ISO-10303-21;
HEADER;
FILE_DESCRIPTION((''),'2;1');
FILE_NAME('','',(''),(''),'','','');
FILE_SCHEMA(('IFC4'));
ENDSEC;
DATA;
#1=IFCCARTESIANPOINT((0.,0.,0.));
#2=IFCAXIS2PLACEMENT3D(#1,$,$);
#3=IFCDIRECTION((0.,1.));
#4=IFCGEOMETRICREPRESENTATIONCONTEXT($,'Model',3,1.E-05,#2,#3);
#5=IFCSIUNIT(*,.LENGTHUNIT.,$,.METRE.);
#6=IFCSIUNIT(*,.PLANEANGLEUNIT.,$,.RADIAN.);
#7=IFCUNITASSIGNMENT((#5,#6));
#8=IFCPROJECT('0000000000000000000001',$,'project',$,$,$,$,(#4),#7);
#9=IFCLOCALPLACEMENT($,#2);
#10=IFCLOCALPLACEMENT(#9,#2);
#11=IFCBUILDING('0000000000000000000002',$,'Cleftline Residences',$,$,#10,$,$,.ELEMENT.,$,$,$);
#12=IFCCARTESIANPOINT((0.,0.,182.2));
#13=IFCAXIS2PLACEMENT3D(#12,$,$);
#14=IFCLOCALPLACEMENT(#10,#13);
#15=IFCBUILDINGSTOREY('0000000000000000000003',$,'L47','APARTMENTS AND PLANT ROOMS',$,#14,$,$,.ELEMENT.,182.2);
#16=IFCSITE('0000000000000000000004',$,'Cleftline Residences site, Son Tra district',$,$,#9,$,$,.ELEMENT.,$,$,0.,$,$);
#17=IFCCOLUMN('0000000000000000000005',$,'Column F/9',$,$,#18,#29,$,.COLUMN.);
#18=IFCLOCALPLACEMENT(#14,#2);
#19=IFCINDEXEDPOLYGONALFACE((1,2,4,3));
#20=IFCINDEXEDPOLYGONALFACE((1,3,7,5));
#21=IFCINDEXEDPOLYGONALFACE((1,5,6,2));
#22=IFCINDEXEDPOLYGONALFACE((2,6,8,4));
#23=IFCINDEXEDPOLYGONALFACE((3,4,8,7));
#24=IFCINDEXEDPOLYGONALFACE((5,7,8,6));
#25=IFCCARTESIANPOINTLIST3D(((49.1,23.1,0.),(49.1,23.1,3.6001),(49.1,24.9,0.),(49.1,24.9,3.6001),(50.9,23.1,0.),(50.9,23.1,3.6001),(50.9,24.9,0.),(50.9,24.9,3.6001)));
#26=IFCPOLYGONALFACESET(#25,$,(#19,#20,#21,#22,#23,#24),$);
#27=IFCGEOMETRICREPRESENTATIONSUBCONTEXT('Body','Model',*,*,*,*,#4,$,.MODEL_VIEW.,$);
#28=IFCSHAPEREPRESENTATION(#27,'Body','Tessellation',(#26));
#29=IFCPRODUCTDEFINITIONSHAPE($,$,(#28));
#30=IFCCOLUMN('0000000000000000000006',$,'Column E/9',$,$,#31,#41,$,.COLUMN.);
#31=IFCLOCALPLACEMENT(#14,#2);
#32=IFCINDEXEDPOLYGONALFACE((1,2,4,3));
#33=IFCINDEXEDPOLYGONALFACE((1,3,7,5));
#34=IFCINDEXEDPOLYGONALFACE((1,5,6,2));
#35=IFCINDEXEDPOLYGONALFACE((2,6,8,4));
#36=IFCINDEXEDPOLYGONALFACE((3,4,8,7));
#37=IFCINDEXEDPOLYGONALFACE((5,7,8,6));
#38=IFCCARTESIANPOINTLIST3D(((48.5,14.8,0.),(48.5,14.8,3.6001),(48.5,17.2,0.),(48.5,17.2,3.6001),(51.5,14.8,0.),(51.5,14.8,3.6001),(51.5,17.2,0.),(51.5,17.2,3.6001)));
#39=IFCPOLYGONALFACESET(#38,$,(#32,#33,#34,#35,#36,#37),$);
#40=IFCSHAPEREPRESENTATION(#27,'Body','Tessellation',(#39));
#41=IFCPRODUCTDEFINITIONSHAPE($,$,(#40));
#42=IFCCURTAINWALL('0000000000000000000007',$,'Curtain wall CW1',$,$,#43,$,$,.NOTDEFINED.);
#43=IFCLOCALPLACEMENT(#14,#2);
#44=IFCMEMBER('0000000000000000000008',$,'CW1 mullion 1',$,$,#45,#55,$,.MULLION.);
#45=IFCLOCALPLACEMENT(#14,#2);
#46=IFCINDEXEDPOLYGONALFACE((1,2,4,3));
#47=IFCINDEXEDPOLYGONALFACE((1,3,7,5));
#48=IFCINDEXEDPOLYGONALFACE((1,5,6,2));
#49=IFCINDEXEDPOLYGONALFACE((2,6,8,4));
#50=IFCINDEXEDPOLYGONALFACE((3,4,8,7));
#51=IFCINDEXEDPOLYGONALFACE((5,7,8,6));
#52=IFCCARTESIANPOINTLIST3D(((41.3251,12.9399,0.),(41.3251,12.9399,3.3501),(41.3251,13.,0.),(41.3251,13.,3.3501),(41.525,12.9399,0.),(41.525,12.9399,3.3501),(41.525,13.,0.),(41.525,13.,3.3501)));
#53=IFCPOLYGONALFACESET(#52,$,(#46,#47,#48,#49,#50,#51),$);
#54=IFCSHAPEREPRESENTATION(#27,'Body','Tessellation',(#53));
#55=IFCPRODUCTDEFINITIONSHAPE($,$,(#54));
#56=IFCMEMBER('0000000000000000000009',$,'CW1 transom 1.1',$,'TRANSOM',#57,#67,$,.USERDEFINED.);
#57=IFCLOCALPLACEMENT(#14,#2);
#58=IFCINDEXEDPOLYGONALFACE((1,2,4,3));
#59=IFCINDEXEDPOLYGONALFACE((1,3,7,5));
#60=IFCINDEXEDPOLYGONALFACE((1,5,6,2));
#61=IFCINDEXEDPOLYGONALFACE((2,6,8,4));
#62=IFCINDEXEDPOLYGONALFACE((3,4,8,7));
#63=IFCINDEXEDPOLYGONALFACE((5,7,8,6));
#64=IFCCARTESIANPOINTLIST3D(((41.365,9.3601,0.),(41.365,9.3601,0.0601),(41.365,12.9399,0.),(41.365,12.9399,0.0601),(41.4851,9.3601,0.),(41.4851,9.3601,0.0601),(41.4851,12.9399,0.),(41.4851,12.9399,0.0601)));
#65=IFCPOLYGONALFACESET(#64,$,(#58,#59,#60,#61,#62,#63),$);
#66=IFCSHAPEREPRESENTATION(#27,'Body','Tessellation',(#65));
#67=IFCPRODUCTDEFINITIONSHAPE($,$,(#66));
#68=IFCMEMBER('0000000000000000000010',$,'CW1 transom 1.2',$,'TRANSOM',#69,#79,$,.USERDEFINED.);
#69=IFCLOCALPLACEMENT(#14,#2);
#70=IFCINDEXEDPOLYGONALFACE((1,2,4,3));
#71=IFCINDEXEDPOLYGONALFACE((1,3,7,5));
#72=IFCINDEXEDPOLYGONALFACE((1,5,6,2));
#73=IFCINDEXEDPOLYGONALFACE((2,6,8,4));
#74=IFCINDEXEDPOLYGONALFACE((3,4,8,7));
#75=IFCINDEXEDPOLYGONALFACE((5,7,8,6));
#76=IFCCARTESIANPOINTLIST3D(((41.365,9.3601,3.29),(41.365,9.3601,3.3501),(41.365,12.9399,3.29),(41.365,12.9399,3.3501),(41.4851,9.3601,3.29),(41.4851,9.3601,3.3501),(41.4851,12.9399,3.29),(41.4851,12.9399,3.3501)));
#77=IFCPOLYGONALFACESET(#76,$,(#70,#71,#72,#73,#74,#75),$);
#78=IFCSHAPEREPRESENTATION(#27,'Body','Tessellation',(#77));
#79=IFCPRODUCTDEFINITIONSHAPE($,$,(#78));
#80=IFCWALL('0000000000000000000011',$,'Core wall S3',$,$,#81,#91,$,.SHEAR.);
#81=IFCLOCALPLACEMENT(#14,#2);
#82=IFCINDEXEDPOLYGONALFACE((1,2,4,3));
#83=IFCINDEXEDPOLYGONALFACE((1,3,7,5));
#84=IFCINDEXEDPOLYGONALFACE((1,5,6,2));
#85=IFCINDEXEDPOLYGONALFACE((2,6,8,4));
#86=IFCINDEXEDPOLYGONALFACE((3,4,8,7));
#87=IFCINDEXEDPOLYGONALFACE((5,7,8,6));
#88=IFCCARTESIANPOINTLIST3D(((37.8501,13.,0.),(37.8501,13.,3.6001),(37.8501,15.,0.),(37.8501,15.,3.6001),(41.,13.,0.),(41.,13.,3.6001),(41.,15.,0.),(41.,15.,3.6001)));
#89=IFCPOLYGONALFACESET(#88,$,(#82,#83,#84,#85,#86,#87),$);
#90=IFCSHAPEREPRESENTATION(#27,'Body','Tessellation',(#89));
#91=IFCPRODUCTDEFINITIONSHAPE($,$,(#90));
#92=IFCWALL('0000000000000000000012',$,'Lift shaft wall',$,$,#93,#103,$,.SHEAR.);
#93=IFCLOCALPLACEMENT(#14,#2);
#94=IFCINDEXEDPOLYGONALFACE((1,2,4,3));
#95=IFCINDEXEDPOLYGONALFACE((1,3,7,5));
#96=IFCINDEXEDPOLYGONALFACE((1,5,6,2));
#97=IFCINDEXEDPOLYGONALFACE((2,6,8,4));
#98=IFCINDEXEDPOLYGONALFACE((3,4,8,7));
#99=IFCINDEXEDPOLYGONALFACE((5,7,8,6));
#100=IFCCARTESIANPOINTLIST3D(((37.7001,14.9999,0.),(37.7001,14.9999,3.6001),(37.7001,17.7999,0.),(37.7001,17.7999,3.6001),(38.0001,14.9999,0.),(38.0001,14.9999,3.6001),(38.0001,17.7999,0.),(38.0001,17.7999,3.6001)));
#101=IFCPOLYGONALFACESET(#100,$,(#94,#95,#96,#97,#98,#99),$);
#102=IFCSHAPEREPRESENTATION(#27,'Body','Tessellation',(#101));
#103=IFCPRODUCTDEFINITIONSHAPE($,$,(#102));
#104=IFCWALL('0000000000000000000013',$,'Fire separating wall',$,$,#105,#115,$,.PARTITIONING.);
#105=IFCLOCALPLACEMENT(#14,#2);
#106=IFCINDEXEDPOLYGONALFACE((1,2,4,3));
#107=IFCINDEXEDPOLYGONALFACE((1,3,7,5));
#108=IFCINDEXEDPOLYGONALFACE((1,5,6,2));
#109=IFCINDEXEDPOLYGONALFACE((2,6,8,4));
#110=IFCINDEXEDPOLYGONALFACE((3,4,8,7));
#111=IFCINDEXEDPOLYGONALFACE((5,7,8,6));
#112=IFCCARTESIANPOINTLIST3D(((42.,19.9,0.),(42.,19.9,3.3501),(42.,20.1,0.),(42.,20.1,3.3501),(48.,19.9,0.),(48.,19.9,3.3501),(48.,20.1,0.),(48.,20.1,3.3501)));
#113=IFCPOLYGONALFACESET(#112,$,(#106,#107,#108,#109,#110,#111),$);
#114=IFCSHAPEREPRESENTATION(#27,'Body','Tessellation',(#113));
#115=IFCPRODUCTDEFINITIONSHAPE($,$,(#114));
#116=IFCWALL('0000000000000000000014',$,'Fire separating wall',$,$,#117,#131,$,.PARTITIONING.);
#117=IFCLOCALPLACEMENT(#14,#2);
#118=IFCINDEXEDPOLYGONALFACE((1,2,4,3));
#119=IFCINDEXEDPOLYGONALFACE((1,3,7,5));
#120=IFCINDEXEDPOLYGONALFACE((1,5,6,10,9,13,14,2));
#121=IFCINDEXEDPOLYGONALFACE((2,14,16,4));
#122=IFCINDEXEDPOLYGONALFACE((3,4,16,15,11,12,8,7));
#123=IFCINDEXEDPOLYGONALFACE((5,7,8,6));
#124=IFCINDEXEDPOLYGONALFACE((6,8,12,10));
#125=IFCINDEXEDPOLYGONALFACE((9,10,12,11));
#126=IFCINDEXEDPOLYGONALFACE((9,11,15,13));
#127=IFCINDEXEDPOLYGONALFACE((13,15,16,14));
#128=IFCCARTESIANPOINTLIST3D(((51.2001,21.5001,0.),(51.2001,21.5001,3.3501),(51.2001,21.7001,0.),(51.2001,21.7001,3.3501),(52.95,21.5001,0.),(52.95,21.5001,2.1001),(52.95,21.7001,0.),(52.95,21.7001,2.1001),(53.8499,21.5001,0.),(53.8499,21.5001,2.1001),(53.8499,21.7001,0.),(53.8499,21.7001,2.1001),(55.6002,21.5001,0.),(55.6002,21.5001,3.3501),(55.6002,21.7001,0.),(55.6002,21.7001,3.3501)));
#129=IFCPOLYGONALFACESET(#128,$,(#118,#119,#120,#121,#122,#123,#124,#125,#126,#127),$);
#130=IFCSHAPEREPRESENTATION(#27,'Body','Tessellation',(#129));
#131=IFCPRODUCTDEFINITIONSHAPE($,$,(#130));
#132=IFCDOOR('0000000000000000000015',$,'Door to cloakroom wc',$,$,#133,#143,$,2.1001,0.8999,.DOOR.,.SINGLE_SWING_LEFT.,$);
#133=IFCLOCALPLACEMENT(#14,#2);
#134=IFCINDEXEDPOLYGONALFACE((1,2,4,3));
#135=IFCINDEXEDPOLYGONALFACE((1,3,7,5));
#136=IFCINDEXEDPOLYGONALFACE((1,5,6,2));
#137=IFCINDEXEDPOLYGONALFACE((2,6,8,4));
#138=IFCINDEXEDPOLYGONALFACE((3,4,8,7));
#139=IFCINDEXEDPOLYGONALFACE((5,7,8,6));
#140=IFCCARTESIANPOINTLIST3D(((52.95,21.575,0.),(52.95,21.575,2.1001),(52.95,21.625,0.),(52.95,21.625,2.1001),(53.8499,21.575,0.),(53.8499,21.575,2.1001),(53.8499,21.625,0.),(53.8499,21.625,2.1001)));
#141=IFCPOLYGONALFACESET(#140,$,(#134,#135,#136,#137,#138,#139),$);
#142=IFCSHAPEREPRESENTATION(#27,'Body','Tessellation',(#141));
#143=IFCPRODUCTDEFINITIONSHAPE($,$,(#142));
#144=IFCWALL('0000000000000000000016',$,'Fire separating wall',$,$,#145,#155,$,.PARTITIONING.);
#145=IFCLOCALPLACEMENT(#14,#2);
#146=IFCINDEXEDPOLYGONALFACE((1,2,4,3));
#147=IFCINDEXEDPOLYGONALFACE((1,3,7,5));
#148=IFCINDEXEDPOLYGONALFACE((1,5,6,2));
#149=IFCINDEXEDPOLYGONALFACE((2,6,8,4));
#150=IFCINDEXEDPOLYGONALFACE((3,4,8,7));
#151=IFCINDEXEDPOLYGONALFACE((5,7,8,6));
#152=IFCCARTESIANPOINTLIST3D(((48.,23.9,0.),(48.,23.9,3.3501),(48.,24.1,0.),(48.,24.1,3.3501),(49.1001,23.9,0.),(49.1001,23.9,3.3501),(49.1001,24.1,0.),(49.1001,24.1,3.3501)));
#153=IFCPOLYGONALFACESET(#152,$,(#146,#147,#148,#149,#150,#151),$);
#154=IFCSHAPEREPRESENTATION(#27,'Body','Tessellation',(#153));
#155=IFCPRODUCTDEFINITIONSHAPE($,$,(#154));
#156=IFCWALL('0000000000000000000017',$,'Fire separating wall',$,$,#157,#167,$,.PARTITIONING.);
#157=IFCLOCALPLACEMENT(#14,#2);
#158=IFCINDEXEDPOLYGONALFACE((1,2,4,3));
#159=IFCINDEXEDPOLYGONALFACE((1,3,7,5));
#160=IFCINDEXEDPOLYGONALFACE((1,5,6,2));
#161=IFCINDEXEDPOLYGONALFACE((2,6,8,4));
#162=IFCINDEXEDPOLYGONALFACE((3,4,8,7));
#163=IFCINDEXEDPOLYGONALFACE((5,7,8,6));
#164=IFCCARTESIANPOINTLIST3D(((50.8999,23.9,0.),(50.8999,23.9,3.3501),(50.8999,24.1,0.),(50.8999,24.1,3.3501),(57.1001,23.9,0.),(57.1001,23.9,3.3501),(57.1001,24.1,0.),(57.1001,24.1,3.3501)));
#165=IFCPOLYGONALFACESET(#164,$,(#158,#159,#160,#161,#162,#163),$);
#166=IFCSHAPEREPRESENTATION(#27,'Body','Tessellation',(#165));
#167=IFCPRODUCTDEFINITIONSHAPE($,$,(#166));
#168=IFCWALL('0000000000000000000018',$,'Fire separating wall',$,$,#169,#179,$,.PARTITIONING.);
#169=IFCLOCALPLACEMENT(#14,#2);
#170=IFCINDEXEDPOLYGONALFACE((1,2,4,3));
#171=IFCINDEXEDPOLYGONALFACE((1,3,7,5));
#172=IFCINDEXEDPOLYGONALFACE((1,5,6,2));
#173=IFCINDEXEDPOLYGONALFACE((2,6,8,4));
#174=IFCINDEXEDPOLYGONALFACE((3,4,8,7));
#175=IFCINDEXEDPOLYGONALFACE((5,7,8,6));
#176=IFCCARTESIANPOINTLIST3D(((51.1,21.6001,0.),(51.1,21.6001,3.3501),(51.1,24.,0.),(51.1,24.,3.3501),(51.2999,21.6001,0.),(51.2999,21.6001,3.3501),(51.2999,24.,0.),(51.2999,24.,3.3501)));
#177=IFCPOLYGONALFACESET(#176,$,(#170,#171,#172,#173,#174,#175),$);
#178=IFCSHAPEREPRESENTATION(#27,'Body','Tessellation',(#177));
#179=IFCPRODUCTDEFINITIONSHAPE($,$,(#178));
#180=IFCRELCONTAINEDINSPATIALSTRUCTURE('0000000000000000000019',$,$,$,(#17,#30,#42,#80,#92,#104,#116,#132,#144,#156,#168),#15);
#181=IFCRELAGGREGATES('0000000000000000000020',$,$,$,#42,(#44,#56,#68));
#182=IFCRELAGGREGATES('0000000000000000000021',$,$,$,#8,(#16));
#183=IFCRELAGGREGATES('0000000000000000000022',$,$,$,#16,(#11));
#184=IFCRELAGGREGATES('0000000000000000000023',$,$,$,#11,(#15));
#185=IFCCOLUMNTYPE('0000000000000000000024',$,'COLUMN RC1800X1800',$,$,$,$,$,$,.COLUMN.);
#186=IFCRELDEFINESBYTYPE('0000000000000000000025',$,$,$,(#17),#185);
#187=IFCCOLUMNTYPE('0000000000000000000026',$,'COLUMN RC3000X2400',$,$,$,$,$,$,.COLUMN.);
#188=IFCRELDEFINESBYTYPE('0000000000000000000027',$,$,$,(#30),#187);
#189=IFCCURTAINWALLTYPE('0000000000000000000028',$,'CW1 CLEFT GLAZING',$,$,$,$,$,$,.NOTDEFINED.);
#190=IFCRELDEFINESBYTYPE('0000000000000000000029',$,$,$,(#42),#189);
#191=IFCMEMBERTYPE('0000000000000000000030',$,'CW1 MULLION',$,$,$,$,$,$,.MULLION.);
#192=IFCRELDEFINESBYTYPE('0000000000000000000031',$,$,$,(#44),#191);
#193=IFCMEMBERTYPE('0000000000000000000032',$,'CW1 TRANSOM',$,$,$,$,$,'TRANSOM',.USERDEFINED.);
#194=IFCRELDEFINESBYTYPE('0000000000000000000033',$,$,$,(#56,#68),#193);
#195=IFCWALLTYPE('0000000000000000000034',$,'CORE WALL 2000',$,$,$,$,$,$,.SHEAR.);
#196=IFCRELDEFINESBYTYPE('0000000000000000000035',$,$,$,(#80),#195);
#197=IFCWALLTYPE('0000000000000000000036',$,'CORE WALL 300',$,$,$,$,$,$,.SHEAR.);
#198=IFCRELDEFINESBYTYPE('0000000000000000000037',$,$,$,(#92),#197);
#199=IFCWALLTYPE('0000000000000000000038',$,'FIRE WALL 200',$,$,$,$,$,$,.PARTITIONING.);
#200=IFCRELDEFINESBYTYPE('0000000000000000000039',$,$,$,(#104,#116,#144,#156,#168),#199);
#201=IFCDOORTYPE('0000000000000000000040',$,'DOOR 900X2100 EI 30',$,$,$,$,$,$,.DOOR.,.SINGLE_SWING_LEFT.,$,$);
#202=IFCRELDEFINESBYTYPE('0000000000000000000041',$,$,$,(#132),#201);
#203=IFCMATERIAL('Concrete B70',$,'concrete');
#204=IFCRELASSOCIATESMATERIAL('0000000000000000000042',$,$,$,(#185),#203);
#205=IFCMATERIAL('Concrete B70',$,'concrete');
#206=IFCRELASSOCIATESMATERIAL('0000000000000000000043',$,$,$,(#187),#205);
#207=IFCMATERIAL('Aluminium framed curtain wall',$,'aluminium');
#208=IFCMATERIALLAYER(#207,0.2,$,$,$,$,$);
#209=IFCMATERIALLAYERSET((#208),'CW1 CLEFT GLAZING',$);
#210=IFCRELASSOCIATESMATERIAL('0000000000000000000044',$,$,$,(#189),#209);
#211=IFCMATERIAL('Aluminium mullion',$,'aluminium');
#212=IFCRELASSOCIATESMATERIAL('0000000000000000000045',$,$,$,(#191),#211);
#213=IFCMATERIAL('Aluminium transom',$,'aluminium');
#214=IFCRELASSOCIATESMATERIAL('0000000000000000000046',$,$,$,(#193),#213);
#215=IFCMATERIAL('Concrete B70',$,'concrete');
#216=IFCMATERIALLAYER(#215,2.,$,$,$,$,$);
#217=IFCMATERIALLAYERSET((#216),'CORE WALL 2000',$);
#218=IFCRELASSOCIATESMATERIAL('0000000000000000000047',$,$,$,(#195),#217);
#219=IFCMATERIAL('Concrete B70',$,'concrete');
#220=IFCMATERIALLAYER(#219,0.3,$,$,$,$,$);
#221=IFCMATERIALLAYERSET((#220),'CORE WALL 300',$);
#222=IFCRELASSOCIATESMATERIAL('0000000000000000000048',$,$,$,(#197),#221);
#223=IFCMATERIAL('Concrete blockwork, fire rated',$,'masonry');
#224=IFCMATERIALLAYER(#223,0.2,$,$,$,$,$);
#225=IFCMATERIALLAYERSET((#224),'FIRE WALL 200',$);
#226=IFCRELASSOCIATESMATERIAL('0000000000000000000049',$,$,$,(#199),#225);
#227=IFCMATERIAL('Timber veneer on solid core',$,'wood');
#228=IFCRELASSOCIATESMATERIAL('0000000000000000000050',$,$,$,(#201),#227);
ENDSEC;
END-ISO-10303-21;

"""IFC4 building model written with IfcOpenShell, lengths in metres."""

from ifc_helpers import new_model, si_unit, direction, frame, frame_2d, origin, origin_2d, place, context, subcontext, project, spatial, rectangle, extrude, material, layer, layer_set, material_profile, profile_set, type_object, element, fill, aggregate, save


model = new_model("IFC4")

# Units and contexts
model_context = context("Model", 3, precision=1e-05, world=origin(), true_north=direction((0.0, 1.0)))
body_context = subcontext(model_context, "Body", "Model", "MODEL_VIEW")
ifc_project = project(units=[si_unit("LENGTHUNIT", "METRE"), si_unit("PLANEANGLEUNIT", "RADIAN")], contexts=[model_context])

# Site, building, storey
site_placement = place(None, origin())
site = spatial("IfcSite", under=ifc_project, at=site_placement, Name="Cleftline Residences site, Son Tra district", CompositionType="ELEMENT", RefElevation=0.0)
building_placement = place(site_placement, origin())
building = spatial("IfcBuilding", under=site, at=building_placement, Name="Cleftline Residences", CompositionType="ELEMENT")
storey_placement = place(building_placement, frame((0.0, 0.0, 182.2)))
storey = spatial("IfcBuildingStorey", under=building, at=storey_placement, Name="L47", Description="APARTMENTS AND PLANT ROOMS", CompositionType="ELEMENT", Elevation=182.2)

# Columns
ifc_material_1 = material(Name="Concrete B70", Category="concrete")
ifc_material_profile_1 = material_profile(ifc_material_1, rectangle(XDim=1.8, YDim=1.8, at=origin_2d()))
ifc_profile_set_1 = profile_set([ifc_material_profile_1], Name="Concrete B70")
column_type_1 = type_object("IfcColumnType", Name="COLUMN RC1800X1800", PredefinedType="COLUMN", material=ifc_profile_set_1)
column_1_placement = place(storey_placement, frame((50.0, 24.0, 0.0), z_axis=(0.0, 0.0, 1.0), x_axis=(1.0, 0.0, 0.0)))
element("IfcColumn", 1, at=column_1_placement, inside=storey, type_object=column_type_1, Name="Column F/9", PredefinedType="COLUMN", context=body_context, shape_type="SweptSolid", body=[
    extrude(rectangle(XDim=1.8, YDim=1.8, at=origin_2d()), origin(), (0.0, 0.0, 1.0), 3.6001),
])
ifc_material_2 = material(Name="Concrete B70", Category="concrete")
ifc_material_profile_2 = material_profile(ifc_material_2, rectangle(XDim=3.0, YDim=2.3999, at=origin_2d()))
ifc_profile_set_2 = profile_set([ifc_material_profile_2], Name="Concrete B70")
column_type_2 = type_object("IfcColumnType", Name="COLUMN RC3000X2400", PredefinedType="COLUMN", material=ifc_profile_set_2)
column_2_placement = place(storey_placement, frame((50.0, 16.0, 0.0), z_axis=(0.0, 0.0, 1.0), x_axis=(1.0, 0.0, 0.0)))
element("IfcColumn", 2, at=column_2_placement, inside=storey, type_object=column_type_2, Name="Column E/9", PredefinedType="COLUMN", context=body_context, shape_type="SweptSolid", body=[
    extrude(rectangle(XDim=3.0, YDim=2.3999, at=origin_2d()), origin(), (0.0, 0.0, 1.0), 3.6001),
])

# Curtain wall, members
ifc_material_3 = material(Name="Aluminium framed curtain wall", Category="aluminium")
ifc_layer_1 = layer(ifc_material_3, 0.2)
ifc_layer_set_1 = layer_set([ifc_layer_1], Name="CW1 CLEFT GLAZING")
curtain_wall_type = type_object("IfcCurtainWallType", Name="CW1 CLEFT GLAZING", PredefinedType="NOTDEFINED", material=ifc_layer_set_1)
curtain_wall_placement = place(storey_placement, origin())
curtain_wall = element("IfcCurtainWall", 3, at=curtain_wall_placement, inside=storey, type_object=curtain_wall_type, Name="Curtain wall CW1", PredefinedType="NOTDEFINED")
ifc_material_4 = material(Name="Aluminium mullion", Category="aluminium")
ifc_material_profile_3 = material_profile(ifc_material_4, rectangle(XDim=0.2, YDim=0.0601, at=origin_2d()))
ifc_profile_set_3 = profile_set([ifc_material_profile_3], Name="Aluminium mullion")
member_type_1 = type_object("IfcMemberType", Name="CW1 MULLION", PredefinedType="MULLION", material=ifc_profile_set_3)
member_1_placement = place(storey_placement, frame((41.425, 12.97, 0.0), z_axis=(0.0, 0.0, 1.0), x_axis=(1.0, 0.0, 0.0)))
member_1 = element("IfcMember", 4, at=member_1_placement, type_object=member_type_1, Name="CW1 mullion 1", PredefinedType="MULLION", context=body_context, shape_type="SweptSolid", body=[
    extrude(rectangle(XDim=0.2, YDim=0.0601, at=origin_2d()), origin(), (0.0, 0.0, 1.0), 3.3501),
])
ifc_material_5 = material(Name="Aluminium transom", Category="aluminium")
ifc_material_profile_4 = material_profile(ifc_material_5, rectangle(XDim=0.1201, YDim=0.0601, at=origin_2d()))
ifc_profile_set_4 = profile_set([ifc_material_profile_4], Name="Aluminium transom")
member_type_2 = type_object("IfcMemberType", Name="CW1 TRANSOM", ElementType="TRANSOM", PredefinedType="USERDEFINED", material=ifc_profile_set_4)
member_2_placement = place(storey_placement, frame((41.425, 12.9399, 0.03), z_axis=(0.0, -1.0, 0.0), x_axis=(1.0, 0.0, 0.0)))
member_2 = element("IfcMember", 5, at=member_2_placement, type_object=member_type_2, Name="CW1 transom 1.1", ObjectType="TRANSOM", PredefinedType="USERDEFINED", context=body_context, shape_type="SweptSolid", body=[
    extrude(rectangle(XDim=0.1201, YDim=0.0601, at=origin_2d()), origin(), (0.0, 0.0, 1.0), 3.5798),
])
member_3_placement = place(storey_placement, frame((41.425, 12.9399, 3.3201), z_axis=(0.0, -1.0, 0.0), x_axis=(1.0, 0.0, 0.0)))
member_3 = element("IfcMember", 6, at=member_3_placement, type_object=member_type_2, Name="CW1 transom 1.2", ObjectType="TRANSOM", PredefinedType="USERDEFINED", context=body_context, shape_type="SweptSolid", body=[
    extrude(rectangle(XDim=0.1201, YDim=0.0601, at=origin_2d()), origin(), (0.0, 0.0, 1.0), 3.5798),
])
aggregate(curtain_wall, [member_1, member_2, member_3])

# Walls
ifc_material_6 = material(Name="Concrete B70", Category="concrete")
ifc_layer_2 = layer(ifc_material_6, 2.0)
ifc_layer_set_2 = layer_set([ifc_layer_2], Name="CORE WALL 2000")
wall_type_1 = type_object("IfcWallType", Name="CORE WALL 2000", PredefinedType="SHEAR", material=ifc_layer_set_2)
wall_1_placement = place(storey_placement, frame((37.8501, 14.0, 0.0), z_axis=(0.0, 0.0, 1.0), x_axis=(1.0, 0.0, 0.0)))
element("IfcWall", 7, at=wall_1_placement, inside=storey, type_object=wall_type_1, Name="Core wall S3", PredefinedType="SHEAR", context=body_context, shape_type="SweptSolid", body=[
    extrude(rectangle(XDim=3.1499, YDim=2.0, at=frame_2d((1.575, 0.0))), origin(), (0.0, 0.0, 1.0), 3.6001),
])
ifc_material_7 = material(Name="Concrete B70", Category="concrete")
ifc_layer_3 = layer(ifc_material_7, 0.3)
ifc_layer_set_3 = layer_set([ifc_layer_3], Name="CORE WALL 300")
wall_type_2 = type_object("IfcWallType", Name="CORE WALL 300", PredefinedType="SHEAR", material=ifc_layer_set_3)
wall_2_placement = place(storey_placement, frame((37.8501, 15.0, 0.0), z_axis=(0.0, 0.0, 1.0), x_axis=(0.0, 1.0, 0.0)))
element("IfcWall", 8, at=wall_2_placement, inside=storey, type_object=wall_type_2, Name="Lift shaft wall", PredefinedType="SHEAR", context=body_context, shape_type="SweptSolid", body=[
    extrude(rectangle(XDim=2.8, YDim=0.3, at=frame_2d((1.3999, 0.0))), origin(), (0.0, 0.0, 1.0), 3.6001),
])
ifc_material_8 = material(Name="Concrete blockwork, fire rated", Category="masonry")
ifc_layer_4 = layer(ifc_material_8, 0.2)
ifc_layer_set_4 = layer_set([ifc_layer_4], Name="FIRE WALL 200")
wall_type_3 = type_object("IfcWallType", Name="FIRE WALL 200", PredefinedType="PARTITIONING", material=ifc_layer_set_4)
wall_3_placement = place(storey_placement, frame((42.0, 20.0, 0.0), z_axis=(0.0, 0.0, 1.0), x_axis=(1.0, 0.0, 0.0)))
element("IfcWall", 9, at=wall_3_placement, inside=storey, type_object=wall_type_3, Name="Fire separating wall", PredefinedType="PARTITIONING", context=body_context, shape_type="SweptSolid", body=[
    extrude(rectangle(XDim=6.0, YDim=0.2, at=frame_2d((3.0, 0.0))), origin(), (0.0, 0.0, 1.0), 3.3501),
])

# Wall, opening, door
wall_4_placement = place(storey_placement, frame((51.2, 21.6001, 0.0), z_axis=(0.0, 0.0, 1.0), x_axis=(1.0, 0.0, 0.0)))
wall_4 = element("IfcWall", 10, at=wall_4_placement, inside=storey, type_object=wall_type_3, Name="Fire separating wall", PredefinedType="PARTITIONING", context=body_context, shape_type="SweptSolid", body=[
    extrude(rectangle(XDim=4.4001, YDim=0.2, at=frame_2d((2.2002, 0.0))), origin(), (0.0, 0.0, 1.0), 3.3501),
])
opening_1_placement = place(wall_4_placement, frame((1.75, 0.0, 0.0)))
opening_1 = element("IfcOpeningElement", 11, at=opening_1_placement, cuts=wall_4, PredefinedType="OPENING", context=body_context, shape_type="SweptSolid", body=[
    extrude(rectangle(XDim=0.8999, YDim=2.1001, at=frame_2d((0.45, 1.05))), frame((0.0, 0.1099, 0.0), z_axis=(0.0, -1.0, 0.0), x_axis=(1.0, 0.0, 0.0)), (0.0, 0.0, 1.0), 0.22),
])
ifc_material_9 = material(Name="Timber veneer on solid core", Category="wood")
door_type_1 = type_object("IfcDoorType", Name="DOOR 900X2100 EI 30", OperationType="SINGLE_SWING_LEFT", PredefinedType="DOOR", material=ifc_material_9)
door_1_placement = place(opening_1_placement, origin())
door_1 = element("IfcDoor", 12, at=door_1_placement, inside=storey, type_object=door_type_1, Name="Door to cloakroom wc", OperationType="SINGLE_SWING_LEFT", OverallHeight=2.1001, OverallWidth=0.8999, PredefinedType="DOOR", context=body_context, shape_type="SweptSolid", body=[
    extrude(rectangle(XDim=0.8999, YDim=2.1001, at=frame_2d((0.45, 1.05))), frame((0.0, 0.0249, 0.0), z_axis=(0.0, -1.0, 0.0), x_axis=(1.0, 0.0, 0.0)), (0.0, 0.0, 1.0), 0.05),
])
fill(opening_1, door_1)

# Walls
wall_5_placement = place(storey_placement, frame((48.0, 24.0, 0.0), z_axis=(0.0, 0.0, 1.0), x_axis=(1.0, 0.0, 0.0)))
element("IfcWall", 13, at=wall_5_placement, inside=storey, type_object=wall_type_3, Name="Fire separating wall", PredefinedType="PARTITIONING", context=body_context, shape_type="SweptSolid", body=[
    extrude(rectangle(XDim=1.1001, YDim=0.2, at=frame_2d((0.55, 0.0))), origin(), (0.0, 0.0, 1.0), 3.3501),
])
wall_6_placement = place(storey_placement, frame((50.8999, 24.0, 0.0), z_axis=(0.0, 0.0, 1.0), x_axis=(1.0, 0.0, 0.0)))
element("IfcWall", 14, at=wall_6_placement, inside=storey, type_object=wall_type_3, Name="Fire separating wall", PredefinedType="PARTITIONING", context=body_context, shape_type="SweptSolid", body=[
    extrude(rectangle(XDim=6.2002, YDim=0.2, at=frame_2d((3.1001, 0.0))), origin(), (0.0, 0.0, 1.0), 3.3501),
])

# Wall
wall_7_placement = place(storey_placement, frame((51.2, 21.6001, 0.0), z_axis=(0.0, 0.0, 1.0), x_axis=(0.0, 1.0, 0.0)))
element("IfcWall", 15, at=wall_7_placement, inside=storey, type_object=wall_type_3, Name="Fire separating wall", PredefinedType="PARTITIONING", context=body_context, shape_type="SweptSolid", body=[
    extrude(rectangle(XDim=2.3999, YDim=0.2, at=frame_2d((1.2, 0.0))), origin(), (0.0, 0.0, 1.0), 3.3501),
])

save(model, "model.ifc")
